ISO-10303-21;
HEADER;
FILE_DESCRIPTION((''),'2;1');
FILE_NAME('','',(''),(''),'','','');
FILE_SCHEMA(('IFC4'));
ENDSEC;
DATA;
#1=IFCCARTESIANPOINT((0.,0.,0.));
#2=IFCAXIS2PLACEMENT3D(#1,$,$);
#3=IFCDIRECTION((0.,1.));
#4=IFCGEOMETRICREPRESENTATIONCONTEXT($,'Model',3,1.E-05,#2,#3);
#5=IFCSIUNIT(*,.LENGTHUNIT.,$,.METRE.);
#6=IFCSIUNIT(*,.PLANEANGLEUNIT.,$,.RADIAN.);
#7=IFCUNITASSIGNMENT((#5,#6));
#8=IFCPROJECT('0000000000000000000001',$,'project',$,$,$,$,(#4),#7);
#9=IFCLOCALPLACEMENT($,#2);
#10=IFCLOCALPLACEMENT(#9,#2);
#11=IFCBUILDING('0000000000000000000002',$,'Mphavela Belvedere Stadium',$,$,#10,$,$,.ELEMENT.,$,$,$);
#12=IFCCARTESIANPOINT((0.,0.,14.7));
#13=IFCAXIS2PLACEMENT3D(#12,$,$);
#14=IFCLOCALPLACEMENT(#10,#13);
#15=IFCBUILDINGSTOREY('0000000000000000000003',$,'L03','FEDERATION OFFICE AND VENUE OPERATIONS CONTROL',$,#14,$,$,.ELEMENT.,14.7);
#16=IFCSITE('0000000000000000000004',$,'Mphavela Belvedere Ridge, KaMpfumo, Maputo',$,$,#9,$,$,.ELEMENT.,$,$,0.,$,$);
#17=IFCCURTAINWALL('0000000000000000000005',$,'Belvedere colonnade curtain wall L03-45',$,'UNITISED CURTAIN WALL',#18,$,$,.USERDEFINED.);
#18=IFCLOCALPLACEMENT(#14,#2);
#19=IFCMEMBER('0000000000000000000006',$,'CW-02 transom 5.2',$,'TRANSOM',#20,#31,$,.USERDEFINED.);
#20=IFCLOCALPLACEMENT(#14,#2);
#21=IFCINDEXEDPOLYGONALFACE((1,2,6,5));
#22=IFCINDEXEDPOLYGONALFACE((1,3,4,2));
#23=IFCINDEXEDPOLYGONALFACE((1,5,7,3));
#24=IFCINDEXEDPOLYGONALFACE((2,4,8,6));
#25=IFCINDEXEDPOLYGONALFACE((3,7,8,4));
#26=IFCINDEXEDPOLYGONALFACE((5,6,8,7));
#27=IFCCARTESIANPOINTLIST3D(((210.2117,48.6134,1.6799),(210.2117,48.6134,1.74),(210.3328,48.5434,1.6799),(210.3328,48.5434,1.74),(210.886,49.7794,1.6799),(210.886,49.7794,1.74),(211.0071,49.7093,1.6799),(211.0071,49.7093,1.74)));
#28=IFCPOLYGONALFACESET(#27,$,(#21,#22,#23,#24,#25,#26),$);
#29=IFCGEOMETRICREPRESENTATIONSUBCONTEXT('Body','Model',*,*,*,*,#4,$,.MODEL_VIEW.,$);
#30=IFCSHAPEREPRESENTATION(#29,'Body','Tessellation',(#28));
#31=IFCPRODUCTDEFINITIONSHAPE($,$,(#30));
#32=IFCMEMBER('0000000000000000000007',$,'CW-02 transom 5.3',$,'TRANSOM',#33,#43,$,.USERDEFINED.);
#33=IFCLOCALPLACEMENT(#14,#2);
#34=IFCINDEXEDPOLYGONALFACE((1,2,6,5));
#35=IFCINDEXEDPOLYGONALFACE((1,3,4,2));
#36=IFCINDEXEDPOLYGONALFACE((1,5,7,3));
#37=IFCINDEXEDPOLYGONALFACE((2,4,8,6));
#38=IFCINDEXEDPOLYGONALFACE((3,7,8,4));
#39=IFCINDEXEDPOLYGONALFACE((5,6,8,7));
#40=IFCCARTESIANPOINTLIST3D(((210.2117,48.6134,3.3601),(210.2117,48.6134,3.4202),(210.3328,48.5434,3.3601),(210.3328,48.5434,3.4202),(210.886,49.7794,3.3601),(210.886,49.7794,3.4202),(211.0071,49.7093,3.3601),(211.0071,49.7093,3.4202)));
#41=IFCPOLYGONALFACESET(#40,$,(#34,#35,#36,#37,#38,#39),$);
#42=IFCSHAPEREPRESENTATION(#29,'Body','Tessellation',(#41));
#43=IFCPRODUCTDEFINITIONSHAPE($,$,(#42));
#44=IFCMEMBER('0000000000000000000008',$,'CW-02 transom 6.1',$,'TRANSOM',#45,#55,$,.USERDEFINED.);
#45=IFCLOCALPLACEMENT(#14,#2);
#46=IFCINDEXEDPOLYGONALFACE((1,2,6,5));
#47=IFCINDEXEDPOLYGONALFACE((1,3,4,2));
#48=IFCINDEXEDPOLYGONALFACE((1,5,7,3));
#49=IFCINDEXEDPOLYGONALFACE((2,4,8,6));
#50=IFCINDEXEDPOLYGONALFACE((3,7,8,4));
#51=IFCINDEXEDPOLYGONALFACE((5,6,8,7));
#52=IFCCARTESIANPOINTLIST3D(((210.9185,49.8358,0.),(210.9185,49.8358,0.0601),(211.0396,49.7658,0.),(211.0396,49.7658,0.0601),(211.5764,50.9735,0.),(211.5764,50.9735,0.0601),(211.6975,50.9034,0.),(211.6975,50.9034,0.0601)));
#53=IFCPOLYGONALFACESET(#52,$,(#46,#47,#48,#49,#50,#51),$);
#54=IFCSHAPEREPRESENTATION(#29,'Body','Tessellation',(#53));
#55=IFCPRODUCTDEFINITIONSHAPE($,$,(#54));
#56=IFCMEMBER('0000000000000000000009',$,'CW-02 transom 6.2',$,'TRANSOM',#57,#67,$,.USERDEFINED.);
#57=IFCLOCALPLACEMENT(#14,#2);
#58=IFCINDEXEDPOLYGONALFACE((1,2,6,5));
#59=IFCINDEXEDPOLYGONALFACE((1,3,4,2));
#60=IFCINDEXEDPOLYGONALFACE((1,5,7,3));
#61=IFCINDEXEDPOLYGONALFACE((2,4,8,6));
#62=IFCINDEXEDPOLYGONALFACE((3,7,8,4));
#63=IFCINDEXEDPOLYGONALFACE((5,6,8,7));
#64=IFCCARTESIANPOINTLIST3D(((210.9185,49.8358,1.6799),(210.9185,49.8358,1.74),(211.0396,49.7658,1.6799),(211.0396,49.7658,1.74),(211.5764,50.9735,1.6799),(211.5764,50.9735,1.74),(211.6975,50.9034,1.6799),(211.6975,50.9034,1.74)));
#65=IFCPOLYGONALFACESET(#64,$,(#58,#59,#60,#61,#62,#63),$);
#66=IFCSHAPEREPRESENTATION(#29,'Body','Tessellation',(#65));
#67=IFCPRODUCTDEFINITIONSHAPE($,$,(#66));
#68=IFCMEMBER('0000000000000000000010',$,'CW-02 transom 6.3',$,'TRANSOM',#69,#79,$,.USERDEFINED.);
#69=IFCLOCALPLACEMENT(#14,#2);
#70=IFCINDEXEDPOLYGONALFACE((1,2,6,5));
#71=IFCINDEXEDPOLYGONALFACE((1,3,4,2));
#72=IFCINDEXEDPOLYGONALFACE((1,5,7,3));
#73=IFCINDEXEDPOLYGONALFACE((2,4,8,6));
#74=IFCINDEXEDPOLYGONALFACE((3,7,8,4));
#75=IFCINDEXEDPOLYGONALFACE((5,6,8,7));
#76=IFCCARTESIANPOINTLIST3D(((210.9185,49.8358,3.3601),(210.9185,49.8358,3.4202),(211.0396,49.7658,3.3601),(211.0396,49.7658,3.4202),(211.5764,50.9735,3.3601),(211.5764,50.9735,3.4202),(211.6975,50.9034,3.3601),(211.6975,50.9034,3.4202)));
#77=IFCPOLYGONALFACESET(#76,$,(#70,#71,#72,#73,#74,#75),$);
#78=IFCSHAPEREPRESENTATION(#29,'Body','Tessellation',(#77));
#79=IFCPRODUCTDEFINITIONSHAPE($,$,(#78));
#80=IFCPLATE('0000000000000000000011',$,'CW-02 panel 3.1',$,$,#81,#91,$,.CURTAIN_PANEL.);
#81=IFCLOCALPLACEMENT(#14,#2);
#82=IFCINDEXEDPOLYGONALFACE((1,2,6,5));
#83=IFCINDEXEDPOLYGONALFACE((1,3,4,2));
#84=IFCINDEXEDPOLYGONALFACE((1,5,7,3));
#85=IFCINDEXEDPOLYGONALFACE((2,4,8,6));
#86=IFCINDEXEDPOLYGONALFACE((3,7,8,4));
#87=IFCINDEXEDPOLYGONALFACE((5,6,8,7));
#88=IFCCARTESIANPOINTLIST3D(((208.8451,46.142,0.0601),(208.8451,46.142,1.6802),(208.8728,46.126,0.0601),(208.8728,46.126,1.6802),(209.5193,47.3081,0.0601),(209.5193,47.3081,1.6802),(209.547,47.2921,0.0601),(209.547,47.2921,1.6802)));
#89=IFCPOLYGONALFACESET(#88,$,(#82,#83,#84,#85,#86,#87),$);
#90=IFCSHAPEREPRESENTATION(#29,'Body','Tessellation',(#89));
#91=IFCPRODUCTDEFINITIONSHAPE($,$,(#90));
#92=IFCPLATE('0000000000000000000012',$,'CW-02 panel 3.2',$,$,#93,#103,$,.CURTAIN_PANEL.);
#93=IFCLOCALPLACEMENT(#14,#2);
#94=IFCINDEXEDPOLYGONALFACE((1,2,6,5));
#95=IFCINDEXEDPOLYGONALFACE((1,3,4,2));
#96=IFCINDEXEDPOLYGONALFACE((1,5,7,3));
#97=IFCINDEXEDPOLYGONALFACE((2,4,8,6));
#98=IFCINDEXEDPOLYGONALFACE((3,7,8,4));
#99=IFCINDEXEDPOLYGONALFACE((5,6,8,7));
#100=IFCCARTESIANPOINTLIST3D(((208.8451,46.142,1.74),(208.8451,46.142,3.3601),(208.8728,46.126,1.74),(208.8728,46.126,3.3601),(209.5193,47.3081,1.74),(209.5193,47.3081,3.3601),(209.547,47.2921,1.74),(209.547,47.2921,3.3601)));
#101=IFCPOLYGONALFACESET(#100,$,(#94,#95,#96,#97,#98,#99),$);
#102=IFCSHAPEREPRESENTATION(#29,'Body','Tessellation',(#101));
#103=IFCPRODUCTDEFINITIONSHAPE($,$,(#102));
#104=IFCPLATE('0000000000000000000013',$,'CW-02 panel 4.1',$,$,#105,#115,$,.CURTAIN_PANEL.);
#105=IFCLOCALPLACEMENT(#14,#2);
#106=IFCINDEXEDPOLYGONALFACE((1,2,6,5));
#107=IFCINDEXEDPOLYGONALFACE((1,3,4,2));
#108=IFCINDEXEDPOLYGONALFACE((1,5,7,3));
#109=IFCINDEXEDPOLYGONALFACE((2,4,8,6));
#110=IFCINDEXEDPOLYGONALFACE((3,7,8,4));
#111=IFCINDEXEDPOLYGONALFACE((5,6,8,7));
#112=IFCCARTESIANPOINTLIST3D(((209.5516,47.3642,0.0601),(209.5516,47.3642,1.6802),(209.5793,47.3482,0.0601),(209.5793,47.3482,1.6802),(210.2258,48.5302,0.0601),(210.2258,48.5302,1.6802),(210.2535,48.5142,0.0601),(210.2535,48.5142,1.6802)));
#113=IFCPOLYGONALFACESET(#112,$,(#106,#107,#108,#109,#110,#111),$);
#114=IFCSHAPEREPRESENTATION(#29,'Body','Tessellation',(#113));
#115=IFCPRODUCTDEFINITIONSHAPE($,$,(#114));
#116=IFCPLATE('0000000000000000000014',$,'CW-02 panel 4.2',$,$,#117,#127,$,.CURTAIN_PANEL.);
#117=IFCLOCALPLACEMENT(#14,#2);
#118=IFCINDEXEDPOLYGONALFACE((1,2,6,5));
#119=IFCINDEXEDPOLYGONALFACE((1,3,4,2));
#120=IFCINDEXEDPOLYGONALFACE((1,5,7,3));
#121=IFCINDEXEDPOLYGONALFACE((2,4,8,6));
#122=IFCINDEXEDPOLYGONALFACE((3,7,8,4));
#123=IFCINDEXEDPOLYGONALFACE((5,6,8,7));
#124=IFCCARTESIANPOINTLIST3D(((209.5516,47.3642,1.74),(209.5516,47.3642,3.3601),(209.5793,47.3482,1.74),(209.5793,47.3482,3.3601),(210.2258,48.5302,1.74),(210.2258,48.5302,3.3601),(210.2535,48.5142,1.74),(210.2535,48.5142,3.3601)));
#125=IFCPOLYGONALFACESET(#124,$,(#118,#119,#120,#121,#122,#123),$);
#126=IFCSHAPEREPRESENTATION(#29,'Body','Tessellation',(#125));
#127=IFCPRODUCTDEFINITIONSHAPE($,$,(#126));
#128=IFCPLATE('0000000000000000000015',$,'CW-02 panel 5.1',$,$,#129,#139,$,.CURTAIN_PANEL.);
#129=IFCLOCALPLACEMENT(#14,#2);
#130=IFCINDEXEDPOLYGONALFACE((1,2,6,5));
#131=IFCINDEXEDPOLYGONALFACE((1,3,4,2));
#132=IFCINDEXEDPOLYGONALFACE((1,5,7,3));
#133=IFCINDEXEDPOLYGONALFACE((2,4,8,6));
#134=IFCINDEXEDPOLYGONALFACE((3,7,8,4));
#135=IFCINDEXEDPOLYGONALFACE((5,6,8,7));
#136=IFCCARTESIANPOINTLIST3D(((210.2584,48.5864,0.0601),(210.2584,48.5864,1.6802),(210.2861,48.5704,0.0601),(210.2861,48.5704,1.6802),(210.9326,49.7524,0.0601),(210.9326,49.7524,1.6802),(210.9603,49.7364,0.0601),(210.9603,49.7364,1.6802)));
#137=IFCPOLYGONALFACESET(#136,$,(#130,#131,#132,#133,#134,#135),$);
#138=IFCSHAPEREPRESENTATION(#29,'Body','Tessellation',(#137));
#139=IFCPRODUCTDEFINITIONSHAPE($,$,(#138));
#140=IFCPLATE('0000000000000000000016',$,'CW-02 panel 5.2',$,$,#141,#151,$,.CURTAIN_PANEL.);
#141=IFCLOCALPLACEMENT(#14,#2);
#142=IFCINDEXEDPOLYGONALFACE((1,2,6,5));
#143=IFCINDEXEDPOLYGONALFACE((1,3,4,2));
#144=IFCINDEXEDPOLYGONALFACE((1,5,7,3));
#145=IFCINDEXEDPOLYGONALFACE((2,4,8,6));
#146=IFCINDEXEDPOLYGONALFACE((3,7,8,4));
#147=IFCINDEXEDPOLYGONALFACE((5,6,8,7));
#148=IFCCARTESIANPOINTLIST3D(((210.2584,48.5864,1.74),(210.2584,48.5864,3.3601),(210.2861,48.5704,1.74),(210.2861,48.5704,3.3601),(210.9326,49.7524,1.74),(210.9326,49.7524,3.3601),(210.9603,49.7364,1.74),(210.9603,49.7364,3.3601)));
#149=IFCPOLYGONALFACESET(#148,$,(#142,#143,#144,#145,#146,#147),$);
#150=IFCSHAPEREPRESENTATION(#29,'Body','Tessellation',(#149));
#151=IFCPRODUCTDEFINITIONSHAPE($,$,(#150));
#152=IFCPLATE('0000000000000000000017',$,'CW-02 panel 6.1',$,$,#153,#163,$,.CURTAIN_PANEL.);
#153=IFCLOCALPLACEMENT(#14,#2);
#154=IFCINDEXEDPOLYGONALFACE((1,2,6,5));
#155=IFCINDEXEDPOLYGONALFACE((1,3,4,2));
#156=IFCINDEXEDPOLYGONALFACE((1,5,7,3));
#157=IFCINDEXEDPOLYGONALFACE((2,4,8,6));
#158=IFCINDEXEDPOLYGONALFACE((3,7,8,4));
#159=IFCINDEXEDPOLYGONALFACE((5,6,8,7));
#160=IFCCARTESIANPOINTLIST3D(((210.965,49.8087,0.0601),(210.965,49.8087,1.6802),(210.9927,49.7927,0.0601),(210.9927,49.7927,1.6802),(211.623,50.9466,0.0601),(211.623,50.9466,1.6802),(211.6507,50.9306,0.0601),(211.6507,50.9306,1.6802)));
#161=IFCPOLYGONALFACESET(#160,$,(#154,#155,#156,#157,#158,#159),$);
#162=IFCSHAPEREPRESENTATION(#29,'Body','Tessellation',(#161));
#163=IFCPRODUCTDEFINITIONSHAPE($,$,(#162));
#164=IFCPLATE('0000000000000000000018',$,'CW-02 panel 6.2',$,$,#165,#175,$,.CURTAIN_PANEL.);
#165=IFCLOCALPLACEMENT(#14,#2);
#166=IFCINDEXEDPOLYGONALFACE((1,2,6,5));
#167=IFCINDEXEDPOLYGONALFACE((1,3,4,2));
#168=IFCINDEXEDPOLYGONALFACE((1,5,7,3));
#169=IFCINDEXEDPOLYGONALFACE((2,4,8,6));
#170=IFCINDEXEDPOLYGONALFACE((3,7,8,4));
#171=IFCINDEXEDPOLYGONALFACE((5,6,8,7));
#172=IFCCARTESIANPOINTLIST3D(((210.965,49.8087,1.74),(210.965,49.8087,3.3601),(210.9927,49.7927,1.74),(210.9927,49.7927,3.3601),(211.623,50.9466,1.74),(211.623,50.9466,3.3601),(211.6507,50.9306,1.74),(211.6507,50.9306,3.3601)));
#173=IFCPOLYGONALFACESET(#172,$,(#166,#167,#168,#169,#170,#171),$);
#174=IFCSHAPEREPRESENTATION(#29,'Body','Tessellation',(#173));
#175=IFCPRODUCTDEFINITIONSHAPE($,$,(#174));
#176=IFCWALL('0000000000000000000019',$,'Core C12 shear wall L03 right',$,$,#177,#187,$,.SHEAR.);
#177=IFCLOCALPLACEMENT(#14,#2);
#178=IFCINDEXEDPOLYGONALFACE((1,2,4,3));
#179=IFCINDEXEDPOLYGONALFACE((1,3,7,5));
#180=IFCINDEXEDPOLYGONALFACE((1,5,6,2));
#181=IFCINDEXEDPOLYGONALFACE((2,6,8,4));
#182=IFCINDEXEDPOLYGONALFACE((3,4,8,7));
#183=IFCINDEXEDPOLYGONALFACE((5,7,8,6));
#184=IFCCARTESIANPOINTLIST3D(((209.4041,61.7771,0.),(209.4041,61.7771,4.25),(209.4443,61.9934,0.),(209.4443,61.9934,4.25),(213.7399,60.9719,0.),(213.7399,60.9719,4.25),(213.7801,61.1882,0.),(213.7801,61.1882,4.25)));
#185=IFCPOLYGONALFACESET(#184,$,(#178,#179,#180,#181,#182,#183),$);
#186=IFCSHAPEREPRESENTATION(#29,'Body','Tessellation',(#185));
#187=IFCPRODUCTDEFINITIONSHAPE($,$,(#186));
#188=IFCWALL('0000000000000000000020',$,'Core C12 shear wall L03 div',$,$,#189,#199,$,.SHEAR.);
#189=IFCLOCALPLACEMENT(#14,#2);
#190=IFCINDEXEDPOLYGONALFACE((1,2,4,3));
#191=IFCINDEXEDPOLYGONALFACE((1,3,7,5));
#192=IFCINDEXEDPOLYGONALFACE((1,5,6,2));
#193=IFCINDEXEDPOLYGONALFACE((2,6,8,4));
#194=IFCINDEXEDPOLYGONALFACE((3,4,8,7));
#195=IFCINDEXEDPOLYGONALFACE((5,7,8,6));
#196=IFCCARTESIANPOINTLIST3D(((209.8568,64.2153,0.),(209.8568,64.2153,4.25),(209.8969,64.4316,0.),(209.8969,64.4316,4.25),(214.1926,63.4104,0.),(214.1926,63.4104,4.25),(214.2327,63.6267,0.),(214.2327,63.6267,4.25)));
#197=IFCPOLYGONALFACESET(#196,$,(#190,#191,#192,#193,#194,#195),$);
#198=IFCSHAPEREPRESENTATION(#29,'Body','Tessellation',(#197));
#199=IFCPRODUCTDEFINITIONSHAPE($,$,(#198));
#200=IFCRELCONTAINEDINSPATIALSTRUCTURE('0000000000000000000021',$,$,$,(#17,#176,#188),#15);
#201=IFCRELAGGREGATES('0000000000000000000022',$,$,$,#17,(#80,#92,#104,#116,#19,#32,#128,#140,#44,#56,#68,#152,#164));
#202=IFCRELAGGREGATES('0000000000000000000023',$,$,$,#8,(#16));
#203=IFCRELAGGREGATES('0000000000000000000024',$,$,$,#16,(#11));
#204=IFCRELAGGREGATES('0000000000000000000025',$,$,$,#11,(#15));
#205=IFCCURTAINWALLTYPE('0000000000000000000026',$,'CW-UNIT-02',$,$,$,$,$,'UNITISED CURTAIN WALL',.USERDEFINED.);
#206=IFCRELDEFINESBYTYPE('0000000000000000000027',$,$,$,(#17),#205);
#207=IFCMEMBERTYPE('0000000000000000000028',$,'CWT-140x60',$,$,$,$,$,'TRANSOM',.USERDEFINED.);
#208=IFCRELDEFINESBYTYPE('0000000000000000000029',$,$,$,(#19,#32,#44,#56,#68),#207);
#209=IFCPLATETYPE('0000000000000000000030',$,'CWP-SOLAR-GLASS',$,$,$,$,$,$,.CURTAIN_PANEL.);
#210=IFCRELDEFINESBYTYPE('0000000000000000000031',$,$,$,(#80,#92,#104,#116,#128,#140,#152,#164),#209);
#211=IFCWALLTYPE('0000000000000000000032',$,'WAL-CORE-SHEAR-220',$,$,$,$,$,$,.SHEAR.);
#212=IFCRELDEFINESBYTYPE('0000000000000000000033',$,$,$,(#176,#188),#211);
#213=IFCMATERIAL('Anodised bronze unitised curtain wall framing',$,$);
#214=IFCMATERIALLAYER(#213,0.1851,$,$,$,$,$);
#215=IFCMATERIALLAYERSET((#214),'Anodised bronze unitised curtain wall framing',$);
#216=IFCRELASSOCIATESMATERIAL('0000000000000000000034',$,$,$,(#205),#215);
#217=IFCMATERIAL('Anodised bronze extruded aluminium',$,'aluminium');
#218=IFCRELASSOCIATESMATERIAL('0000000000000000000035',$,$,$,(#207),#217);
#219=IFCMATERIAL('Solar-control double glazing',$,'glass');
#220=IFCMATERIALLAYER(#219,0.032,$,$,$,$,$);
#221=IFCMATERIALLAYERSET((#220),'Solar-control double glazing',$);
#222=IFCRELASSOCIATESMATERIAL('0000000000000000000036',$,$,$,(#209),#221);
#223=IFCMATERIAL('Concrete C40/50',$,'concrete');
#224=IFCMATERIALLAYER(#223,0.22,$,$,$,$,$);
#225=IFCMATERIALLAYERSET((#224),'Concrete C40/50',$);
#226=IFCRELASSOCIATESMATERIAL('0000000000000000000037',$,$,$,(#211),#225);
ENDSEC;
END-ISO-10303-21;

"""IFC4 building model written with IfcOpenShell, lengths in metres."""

from ifc_helpers import new_model, si_unit, direction, frame, frame_2d, origin, origin_2d, place, context, subcontext, project, spatial, rectangle, extrude, material, layer, layer_set, material_profile, profile_set, type_object, element, aggregate, save


model = new_model("IFC4")

# Units and contexts
model_context = context("Model", 3, precision=1e-05, world=origin(), true_north=direction((0.0, 1.0)))
body_context = subcontext(model_context, "Body", "Model", "MODEL_VIEW")
ifc_project = project(units=[si_unit("LENGTHUNIT", "METRE"), si_unit("PLANEANGLEUNIT", "RADIAN")], contexts=[model_context])

# Site, building, storey
site_placement = place(None, origin())
site = spatial("IfcSite", under=ifc_project, at=site_placement, Name="Mphavela Belvedere Ridge, KaMpfumo, Maputo", CompositionType="ELEMENT", RefElevation=0.0)
building_placement = place(site_placement, origin())
building = spatial("IfcBuilding", under=site, at=building_placement, Name="Mphavela Belvedere Stadium", CompositionType="ELEMENT")
storey_placement = place(building_placement, frame((0.0, 0.0, 14.7)))
storey = spatial("IfcBuildingStorey", under=building, at=storey_placement, Name="L03", Description="FEDERATION OFFICE AND VENUE OPERATIONS CONTROL", CompositionType="ELEMENT", Elevation=14.7)

# Curtain wall, members, plates
ifc_material_1 = material(Name="Anodised bronze unitised curtain wall framing")
ifc_layer_1 = layer(ifc_material_1, 0.1851)
ifc_layer_set_1 = layer_set([ifc_layer_1], Name="Anodised bronze unitised curtain wall framing")
curtain_wall_type = type_object("IfcCurtainWallType", Name="CW-UNIT-02", ElementType="UNITISED CURTAIN WALL", PredefinedType="USERDEFINED", material=ifc_layer_set_1)
curtain_wall_placement = place(storey_placement, origin())
curtain_wall = element("IfcCurtainWall", 1, at=curtain_wall_placement, inside=storey, type_object=curtain_wall_type, Name="Belvedere colonnade curtain wall L03-45", ObjectType="UNITISED CURTAIN WALL", PredefinedType="USERDEFINED")
ifc_material_2 = material(Name="Anodised bronze extruded aluminium", Category="aluminium")
ifc_material_profile_1 = material_profile(ifc_material_2, rectangle(XDim=0.1399, YDim=0.0601, at=origin_2d()), Name="CW-TRN 140x60")
ifc_profile_set_1 = profile_set([ifc_material_profile_1], Name="Anodised bronze extruded aluminium")
member_type_1 = type_object("IfcMemberType", Name="CWT-140x60", ElementType="TRANSOM", PredefinedType="USERDEFINED", material=ifc_profile_set_1)
member_1_placement = place(storey_placement, frame((210.2722, 48.5784, 1.71), z_axis=(0.500622, 0.865666, 0.0), x_axis=(-0.865666, 0.500622, 0.0)))
member_1 = element("IfcMember", 2, at=member_1_placement, type_object=member_type_1, Name="CW-02 transom 5.2", ObjectType="TRANSOM", PredefinedType="USERDEFINED", context=body_context, shape_type="SweptSolid", body=[
    extrude(rectangle(XDim=0.1399, YDim=0.0601, at=origin_2d()), origin(), (0.0, 0.0, 1.0), 1.3469),
])
member_2_placement = place(storey_placement, frame((210.2722, 48.5784, 3.3901), z_axis=(0.500622, 0.865666, 0.0), x_axis=(-0.865666, 0.500622, 0.0)))
member_2 = element("IfcMember", 3, at=member_2_placement, type_object=member_type_1, Name="CW-02 transom 5.3", ObjectType="TRANSOM", PredefinedType="USERDEFINED", context=body_context, shape_type="SweptSolid", body=[
    extrude(rectangle(XDim=0.1399, YDim=0.0601, at=origin_2d()), origin(), (0.0, 0.0, 1.0), 1.3469),
])
member_3_placement = place(storey_placement, frame((210.979, 49.8008, 0.03), z_axis=(0.500633, 0.865659, 0.0), x_axis=(-0.865659, 0.500633, 0.0)))
member_3 = element("IfcMember", 4, at=member_3_placement, type_object=member_type_1, Name="CW-02 transom 6.1", ObjectType="TRANSOM", PredefinedType="USERDEFINED", context=body_context, shape_type="SweptSolid", body=[
    extrude(rectangle(XDim=0.1399, YDim=0.0601, at=origin_2d()), origin(), (0.0, 0.0, 1.0), 1.3142),
])
member_4_placement = place(storey_placement, frame((210.979, 49.8008, 1.71), z_axis=(0.500633, 0.865659, 0.0), x_axis=(-0.865659, 0.500633, 0.0)))
member_4 = element("IfcMember", 5, at=member_4_placement, type_object=member_type_1, Name="CW-02 transom 6.2", ObjectType="TRANSOM", PredefinedType="USERDEFINED", context=body_context, shape_type="SweptSolid", body=[
    extrude(rectangle(XDim=0.1399, YDim=0.0601, at=origin_2d()), origin(), (0.0, 0.0, 1.0), 1.3142),
])
member_5_placement = place(storey_placement, frame((210.979, 49.8008, 3.3901), z_axis=(0.500633, 0.865659, 0.0), x_axis=(-0.865659, 0.500633, 0.0)))
member_5 = element("IfcMember", 6, at=member_5_placement, type_object=member_type_1, Name="CW-02 transom 6.3", ObjectType="TRANSOM", PredefinedType="USERDEFINED", context=body_context, shape_type="SweptSolid", body=[
    extrude(rectangle(XDim=0.1399, YDim=0.0601, at=origin_2d()), origin(), (0.0, 0.0, 1.0), 1.3142),
])
ifc_material_3 = material(Name="Solar-control double glazing", Category="glass")
ifc_layer_2 = layer(ifc_material_3, 0.032)
ifc_layer_set_2 = layer_set([ifc_layer_2], Name="Solar-control double glazing")
plate_type = type_object("IfcPlateType", Name="CWP-SOLAR-GLASS", PredefinedType="CURTAIN_PANEL", material=ifc_layer_set_2)
plate_1_placement = place(storey_placement, frame((209.196, 46.717, 0.0601), z_axis=(0.0, 0.0, 1.0), x_axis=(0.500554, 0.865705, 0.0)))
plate_1 = element("IfcPlate", 7, at=plate_1_placement, type_object=plate_type, Name="CW-02 panel 3.1", PredefinedType="CURTAIN_PANEL", context=body_context, shape_type="SweptSolid", body=[
    extrude(rectangle(XDim=1.3469, YDim=0.032, at=origin_2d()), origin(), (0.0, 0.0, 1.0), 1.6201),
])
plate_2_placement = place(storey_placement, frame((209.196, 46.717, 1.74), z_axis=(0.0, 0.0, 1.0), x_axis=(0.500554, 0.865705, 0.0)))
plate_2 = element("IfcPlate", 8, at=plate_2_placement, type_object=plate_type, Name="CW-02 panel 3.2", PredefinedType="CURTAIN_PANEL", context=body_context, shape_type="SweptSolid", body=[
    extrude(rectangle(XDim=1.3469, YDim=0.032, at=origin_2d()), origin(), (0.0, 0.0, 1.0), 1.6201),
])
plate_3_placement = place(storey_placement, frame((209.9026, 47.9392, 0.0601), z_axis=(0.0, 0.0, 1.0), x_axis=(0.500554, 0.865705, 0.0)))
plate_3 = element("IfcPlate", 9, at=plate_3_placement, type_object=plate_type, Name="CW-02 panel 4.1", PredefinedType="CURTAIN_PANEL", context=body_context, shape_type="SweptSolid", body=[
    extrude(rectangle(XDim=1.3469, YDim=0.032, at=origin_2d()), origin(), (0.0, 0.0, 1.0), 1.6201),
])
plate_4_placement = place(storey_placement, frame((209.9026, 47.9392, 1.74), z_axis=(0.0, 0.0, 1.0), x_axis=(0.500554, 0.865705, 0.0)))
plate_4 = element("IfcPlate", 10, at=plate_4_placement, type_object=plate_type, Name="CW-02 panel 4.2", PredefinedType="CURTAIN_PANEL", context=body_context, shape_type="SweptSolid", body=[
    extrude(rectangle(XDim=1.3469, YDim=0.032, at=origin_2d()), origin(), (0.0, 0.0, 1.0), 1.6201),
])
plate_5_placement = place(storey_placement, frame((210.6094, 49.1614, 0.0601), z_axis=(0.0, 0.0, 1.0), x_axis=(0.500554, 0.865705, 0.0)))
plate_5 = element("IfcPlate", 11, at=plate_5_placement, type_object=plate_type, Name="CW-02 panel 5.1", PredefinedType="CURTAIN_PANEL", context=body_context, shape_type="SweptSolid", body=[
    extrude(rectangle(XDim=1.3469, YDim=0.032, at=origin_2d()), origin(), (0.0, 0.0, 1.0), 1.6201),
])
plate_6_placement = place(storey_placement, frame((210.6094, 49.1614, 1.74), z_axis=(0.0, 0.0, 1.0), x_axis=(0.500554, 0.865705, 0.0)))
plate_6 = element("IfcPlate", 12, at=plate_6_placement, type_object=plate_type, Name="CW-02 panel 5.2", PredefinedType="CURTAIN_PANEL", context=body_context, shape_type="SweptSolid", body=[
    extrude(rectangle(XDim=1.3469, YDim=0.032, at=origin_2d()), origin(), (0.0, 0.0, 1.0), 1.6201),
])
plate_7_placement = place(storey_placement, frame((211.3079, 50.3696, 0.0601), z_axis=(0.0, 0.0, 1.0), x_axis=(0.500554, 0.865705, 0.0)))
plate_7 = element("IfcPlate", 13, at=plate_7_placement, type_object=plate_type, Name="CW-02 panel 6.1", PredefinedType="CURTAIN_PANEL", context=body_context, shape_type="SweptSolid", body=[
    extrude(rectangle(XDim=1.3145, YDim=0.032, at=origin_2d()), origin(), (0.0, 0.0, 1.0), 1.6201),
])
plate_8_placement = place(storey_placement, frame((211.3079, 50.3696, 1.74), z_axis=(0.0, 0.0, 1.0), x_axis=(0.500554, 0.865705, 0.0)))
plate_8 = element("IfcPlate", 14, at=plate_8_placement, type_object=plate_type, Name="CW-02 panel 6.2", PredefinedType="CURTAIN_PANEL", context=body_context, shape_type="SweptSolid", body=[
    extrude(rectangle(XDim=1.3145, YDim=0.032, at=origin_2d()), origin(), (0.0, 0.0, 1.0), 1.6201),
])
aggregate(curtain_wall, [plate_1, plate_2, plate_3, plate_4, member_1, member_2, plate_5, plate_6, member_3, member_4, member_5, plate_7, plate_8])

# Walls
ifc_material_4 = material(Name="Concrete C40/50", Category="concrete")
ifc_layer_3 = layer(ifc_material_4, 0.22)
ifc_layer_set_3 = layer_set([ifc_layer_3], Name="Concrete C40/50")
wall_type_1 = type_object("IfcWallType", Name="WAL-CORE-SHEAR-220", PredefinedType="SHEAR", material=ifc_layer_set_3)
for number, where, z_axis, x_axis, name in (
    (15, (209.4241, 61.8853, 0.0), (0.0, 0.0, 1.0), (0.98319, -0.182587, 0.0), "Core C12 shear wall L03 right"),
    (16, (209.8767, 64.3235, 0.0), (0.0, 0.0, 1.0), (0.983202, -0.182523, 0.0), "Core C12 shear wall L03 div"),
):
    element("IfcWall", number, at=place(storey_placement, frame(where, z_axis=z_axis, x_axis=x_axis)), inside=storey, type_object=wall_type_1, Name=name, PredefinedType="SHEAR", context=body_context, shape_type="SweptSolid", body=[
        extrude(rectangle(XDim=4.4099, YDim=0.22, at=frame_2d((2.2051, 0.0))), origin(), (0.0, 0.0, 1.0), 4.25),
    ])

save(model, "model.ifc")
